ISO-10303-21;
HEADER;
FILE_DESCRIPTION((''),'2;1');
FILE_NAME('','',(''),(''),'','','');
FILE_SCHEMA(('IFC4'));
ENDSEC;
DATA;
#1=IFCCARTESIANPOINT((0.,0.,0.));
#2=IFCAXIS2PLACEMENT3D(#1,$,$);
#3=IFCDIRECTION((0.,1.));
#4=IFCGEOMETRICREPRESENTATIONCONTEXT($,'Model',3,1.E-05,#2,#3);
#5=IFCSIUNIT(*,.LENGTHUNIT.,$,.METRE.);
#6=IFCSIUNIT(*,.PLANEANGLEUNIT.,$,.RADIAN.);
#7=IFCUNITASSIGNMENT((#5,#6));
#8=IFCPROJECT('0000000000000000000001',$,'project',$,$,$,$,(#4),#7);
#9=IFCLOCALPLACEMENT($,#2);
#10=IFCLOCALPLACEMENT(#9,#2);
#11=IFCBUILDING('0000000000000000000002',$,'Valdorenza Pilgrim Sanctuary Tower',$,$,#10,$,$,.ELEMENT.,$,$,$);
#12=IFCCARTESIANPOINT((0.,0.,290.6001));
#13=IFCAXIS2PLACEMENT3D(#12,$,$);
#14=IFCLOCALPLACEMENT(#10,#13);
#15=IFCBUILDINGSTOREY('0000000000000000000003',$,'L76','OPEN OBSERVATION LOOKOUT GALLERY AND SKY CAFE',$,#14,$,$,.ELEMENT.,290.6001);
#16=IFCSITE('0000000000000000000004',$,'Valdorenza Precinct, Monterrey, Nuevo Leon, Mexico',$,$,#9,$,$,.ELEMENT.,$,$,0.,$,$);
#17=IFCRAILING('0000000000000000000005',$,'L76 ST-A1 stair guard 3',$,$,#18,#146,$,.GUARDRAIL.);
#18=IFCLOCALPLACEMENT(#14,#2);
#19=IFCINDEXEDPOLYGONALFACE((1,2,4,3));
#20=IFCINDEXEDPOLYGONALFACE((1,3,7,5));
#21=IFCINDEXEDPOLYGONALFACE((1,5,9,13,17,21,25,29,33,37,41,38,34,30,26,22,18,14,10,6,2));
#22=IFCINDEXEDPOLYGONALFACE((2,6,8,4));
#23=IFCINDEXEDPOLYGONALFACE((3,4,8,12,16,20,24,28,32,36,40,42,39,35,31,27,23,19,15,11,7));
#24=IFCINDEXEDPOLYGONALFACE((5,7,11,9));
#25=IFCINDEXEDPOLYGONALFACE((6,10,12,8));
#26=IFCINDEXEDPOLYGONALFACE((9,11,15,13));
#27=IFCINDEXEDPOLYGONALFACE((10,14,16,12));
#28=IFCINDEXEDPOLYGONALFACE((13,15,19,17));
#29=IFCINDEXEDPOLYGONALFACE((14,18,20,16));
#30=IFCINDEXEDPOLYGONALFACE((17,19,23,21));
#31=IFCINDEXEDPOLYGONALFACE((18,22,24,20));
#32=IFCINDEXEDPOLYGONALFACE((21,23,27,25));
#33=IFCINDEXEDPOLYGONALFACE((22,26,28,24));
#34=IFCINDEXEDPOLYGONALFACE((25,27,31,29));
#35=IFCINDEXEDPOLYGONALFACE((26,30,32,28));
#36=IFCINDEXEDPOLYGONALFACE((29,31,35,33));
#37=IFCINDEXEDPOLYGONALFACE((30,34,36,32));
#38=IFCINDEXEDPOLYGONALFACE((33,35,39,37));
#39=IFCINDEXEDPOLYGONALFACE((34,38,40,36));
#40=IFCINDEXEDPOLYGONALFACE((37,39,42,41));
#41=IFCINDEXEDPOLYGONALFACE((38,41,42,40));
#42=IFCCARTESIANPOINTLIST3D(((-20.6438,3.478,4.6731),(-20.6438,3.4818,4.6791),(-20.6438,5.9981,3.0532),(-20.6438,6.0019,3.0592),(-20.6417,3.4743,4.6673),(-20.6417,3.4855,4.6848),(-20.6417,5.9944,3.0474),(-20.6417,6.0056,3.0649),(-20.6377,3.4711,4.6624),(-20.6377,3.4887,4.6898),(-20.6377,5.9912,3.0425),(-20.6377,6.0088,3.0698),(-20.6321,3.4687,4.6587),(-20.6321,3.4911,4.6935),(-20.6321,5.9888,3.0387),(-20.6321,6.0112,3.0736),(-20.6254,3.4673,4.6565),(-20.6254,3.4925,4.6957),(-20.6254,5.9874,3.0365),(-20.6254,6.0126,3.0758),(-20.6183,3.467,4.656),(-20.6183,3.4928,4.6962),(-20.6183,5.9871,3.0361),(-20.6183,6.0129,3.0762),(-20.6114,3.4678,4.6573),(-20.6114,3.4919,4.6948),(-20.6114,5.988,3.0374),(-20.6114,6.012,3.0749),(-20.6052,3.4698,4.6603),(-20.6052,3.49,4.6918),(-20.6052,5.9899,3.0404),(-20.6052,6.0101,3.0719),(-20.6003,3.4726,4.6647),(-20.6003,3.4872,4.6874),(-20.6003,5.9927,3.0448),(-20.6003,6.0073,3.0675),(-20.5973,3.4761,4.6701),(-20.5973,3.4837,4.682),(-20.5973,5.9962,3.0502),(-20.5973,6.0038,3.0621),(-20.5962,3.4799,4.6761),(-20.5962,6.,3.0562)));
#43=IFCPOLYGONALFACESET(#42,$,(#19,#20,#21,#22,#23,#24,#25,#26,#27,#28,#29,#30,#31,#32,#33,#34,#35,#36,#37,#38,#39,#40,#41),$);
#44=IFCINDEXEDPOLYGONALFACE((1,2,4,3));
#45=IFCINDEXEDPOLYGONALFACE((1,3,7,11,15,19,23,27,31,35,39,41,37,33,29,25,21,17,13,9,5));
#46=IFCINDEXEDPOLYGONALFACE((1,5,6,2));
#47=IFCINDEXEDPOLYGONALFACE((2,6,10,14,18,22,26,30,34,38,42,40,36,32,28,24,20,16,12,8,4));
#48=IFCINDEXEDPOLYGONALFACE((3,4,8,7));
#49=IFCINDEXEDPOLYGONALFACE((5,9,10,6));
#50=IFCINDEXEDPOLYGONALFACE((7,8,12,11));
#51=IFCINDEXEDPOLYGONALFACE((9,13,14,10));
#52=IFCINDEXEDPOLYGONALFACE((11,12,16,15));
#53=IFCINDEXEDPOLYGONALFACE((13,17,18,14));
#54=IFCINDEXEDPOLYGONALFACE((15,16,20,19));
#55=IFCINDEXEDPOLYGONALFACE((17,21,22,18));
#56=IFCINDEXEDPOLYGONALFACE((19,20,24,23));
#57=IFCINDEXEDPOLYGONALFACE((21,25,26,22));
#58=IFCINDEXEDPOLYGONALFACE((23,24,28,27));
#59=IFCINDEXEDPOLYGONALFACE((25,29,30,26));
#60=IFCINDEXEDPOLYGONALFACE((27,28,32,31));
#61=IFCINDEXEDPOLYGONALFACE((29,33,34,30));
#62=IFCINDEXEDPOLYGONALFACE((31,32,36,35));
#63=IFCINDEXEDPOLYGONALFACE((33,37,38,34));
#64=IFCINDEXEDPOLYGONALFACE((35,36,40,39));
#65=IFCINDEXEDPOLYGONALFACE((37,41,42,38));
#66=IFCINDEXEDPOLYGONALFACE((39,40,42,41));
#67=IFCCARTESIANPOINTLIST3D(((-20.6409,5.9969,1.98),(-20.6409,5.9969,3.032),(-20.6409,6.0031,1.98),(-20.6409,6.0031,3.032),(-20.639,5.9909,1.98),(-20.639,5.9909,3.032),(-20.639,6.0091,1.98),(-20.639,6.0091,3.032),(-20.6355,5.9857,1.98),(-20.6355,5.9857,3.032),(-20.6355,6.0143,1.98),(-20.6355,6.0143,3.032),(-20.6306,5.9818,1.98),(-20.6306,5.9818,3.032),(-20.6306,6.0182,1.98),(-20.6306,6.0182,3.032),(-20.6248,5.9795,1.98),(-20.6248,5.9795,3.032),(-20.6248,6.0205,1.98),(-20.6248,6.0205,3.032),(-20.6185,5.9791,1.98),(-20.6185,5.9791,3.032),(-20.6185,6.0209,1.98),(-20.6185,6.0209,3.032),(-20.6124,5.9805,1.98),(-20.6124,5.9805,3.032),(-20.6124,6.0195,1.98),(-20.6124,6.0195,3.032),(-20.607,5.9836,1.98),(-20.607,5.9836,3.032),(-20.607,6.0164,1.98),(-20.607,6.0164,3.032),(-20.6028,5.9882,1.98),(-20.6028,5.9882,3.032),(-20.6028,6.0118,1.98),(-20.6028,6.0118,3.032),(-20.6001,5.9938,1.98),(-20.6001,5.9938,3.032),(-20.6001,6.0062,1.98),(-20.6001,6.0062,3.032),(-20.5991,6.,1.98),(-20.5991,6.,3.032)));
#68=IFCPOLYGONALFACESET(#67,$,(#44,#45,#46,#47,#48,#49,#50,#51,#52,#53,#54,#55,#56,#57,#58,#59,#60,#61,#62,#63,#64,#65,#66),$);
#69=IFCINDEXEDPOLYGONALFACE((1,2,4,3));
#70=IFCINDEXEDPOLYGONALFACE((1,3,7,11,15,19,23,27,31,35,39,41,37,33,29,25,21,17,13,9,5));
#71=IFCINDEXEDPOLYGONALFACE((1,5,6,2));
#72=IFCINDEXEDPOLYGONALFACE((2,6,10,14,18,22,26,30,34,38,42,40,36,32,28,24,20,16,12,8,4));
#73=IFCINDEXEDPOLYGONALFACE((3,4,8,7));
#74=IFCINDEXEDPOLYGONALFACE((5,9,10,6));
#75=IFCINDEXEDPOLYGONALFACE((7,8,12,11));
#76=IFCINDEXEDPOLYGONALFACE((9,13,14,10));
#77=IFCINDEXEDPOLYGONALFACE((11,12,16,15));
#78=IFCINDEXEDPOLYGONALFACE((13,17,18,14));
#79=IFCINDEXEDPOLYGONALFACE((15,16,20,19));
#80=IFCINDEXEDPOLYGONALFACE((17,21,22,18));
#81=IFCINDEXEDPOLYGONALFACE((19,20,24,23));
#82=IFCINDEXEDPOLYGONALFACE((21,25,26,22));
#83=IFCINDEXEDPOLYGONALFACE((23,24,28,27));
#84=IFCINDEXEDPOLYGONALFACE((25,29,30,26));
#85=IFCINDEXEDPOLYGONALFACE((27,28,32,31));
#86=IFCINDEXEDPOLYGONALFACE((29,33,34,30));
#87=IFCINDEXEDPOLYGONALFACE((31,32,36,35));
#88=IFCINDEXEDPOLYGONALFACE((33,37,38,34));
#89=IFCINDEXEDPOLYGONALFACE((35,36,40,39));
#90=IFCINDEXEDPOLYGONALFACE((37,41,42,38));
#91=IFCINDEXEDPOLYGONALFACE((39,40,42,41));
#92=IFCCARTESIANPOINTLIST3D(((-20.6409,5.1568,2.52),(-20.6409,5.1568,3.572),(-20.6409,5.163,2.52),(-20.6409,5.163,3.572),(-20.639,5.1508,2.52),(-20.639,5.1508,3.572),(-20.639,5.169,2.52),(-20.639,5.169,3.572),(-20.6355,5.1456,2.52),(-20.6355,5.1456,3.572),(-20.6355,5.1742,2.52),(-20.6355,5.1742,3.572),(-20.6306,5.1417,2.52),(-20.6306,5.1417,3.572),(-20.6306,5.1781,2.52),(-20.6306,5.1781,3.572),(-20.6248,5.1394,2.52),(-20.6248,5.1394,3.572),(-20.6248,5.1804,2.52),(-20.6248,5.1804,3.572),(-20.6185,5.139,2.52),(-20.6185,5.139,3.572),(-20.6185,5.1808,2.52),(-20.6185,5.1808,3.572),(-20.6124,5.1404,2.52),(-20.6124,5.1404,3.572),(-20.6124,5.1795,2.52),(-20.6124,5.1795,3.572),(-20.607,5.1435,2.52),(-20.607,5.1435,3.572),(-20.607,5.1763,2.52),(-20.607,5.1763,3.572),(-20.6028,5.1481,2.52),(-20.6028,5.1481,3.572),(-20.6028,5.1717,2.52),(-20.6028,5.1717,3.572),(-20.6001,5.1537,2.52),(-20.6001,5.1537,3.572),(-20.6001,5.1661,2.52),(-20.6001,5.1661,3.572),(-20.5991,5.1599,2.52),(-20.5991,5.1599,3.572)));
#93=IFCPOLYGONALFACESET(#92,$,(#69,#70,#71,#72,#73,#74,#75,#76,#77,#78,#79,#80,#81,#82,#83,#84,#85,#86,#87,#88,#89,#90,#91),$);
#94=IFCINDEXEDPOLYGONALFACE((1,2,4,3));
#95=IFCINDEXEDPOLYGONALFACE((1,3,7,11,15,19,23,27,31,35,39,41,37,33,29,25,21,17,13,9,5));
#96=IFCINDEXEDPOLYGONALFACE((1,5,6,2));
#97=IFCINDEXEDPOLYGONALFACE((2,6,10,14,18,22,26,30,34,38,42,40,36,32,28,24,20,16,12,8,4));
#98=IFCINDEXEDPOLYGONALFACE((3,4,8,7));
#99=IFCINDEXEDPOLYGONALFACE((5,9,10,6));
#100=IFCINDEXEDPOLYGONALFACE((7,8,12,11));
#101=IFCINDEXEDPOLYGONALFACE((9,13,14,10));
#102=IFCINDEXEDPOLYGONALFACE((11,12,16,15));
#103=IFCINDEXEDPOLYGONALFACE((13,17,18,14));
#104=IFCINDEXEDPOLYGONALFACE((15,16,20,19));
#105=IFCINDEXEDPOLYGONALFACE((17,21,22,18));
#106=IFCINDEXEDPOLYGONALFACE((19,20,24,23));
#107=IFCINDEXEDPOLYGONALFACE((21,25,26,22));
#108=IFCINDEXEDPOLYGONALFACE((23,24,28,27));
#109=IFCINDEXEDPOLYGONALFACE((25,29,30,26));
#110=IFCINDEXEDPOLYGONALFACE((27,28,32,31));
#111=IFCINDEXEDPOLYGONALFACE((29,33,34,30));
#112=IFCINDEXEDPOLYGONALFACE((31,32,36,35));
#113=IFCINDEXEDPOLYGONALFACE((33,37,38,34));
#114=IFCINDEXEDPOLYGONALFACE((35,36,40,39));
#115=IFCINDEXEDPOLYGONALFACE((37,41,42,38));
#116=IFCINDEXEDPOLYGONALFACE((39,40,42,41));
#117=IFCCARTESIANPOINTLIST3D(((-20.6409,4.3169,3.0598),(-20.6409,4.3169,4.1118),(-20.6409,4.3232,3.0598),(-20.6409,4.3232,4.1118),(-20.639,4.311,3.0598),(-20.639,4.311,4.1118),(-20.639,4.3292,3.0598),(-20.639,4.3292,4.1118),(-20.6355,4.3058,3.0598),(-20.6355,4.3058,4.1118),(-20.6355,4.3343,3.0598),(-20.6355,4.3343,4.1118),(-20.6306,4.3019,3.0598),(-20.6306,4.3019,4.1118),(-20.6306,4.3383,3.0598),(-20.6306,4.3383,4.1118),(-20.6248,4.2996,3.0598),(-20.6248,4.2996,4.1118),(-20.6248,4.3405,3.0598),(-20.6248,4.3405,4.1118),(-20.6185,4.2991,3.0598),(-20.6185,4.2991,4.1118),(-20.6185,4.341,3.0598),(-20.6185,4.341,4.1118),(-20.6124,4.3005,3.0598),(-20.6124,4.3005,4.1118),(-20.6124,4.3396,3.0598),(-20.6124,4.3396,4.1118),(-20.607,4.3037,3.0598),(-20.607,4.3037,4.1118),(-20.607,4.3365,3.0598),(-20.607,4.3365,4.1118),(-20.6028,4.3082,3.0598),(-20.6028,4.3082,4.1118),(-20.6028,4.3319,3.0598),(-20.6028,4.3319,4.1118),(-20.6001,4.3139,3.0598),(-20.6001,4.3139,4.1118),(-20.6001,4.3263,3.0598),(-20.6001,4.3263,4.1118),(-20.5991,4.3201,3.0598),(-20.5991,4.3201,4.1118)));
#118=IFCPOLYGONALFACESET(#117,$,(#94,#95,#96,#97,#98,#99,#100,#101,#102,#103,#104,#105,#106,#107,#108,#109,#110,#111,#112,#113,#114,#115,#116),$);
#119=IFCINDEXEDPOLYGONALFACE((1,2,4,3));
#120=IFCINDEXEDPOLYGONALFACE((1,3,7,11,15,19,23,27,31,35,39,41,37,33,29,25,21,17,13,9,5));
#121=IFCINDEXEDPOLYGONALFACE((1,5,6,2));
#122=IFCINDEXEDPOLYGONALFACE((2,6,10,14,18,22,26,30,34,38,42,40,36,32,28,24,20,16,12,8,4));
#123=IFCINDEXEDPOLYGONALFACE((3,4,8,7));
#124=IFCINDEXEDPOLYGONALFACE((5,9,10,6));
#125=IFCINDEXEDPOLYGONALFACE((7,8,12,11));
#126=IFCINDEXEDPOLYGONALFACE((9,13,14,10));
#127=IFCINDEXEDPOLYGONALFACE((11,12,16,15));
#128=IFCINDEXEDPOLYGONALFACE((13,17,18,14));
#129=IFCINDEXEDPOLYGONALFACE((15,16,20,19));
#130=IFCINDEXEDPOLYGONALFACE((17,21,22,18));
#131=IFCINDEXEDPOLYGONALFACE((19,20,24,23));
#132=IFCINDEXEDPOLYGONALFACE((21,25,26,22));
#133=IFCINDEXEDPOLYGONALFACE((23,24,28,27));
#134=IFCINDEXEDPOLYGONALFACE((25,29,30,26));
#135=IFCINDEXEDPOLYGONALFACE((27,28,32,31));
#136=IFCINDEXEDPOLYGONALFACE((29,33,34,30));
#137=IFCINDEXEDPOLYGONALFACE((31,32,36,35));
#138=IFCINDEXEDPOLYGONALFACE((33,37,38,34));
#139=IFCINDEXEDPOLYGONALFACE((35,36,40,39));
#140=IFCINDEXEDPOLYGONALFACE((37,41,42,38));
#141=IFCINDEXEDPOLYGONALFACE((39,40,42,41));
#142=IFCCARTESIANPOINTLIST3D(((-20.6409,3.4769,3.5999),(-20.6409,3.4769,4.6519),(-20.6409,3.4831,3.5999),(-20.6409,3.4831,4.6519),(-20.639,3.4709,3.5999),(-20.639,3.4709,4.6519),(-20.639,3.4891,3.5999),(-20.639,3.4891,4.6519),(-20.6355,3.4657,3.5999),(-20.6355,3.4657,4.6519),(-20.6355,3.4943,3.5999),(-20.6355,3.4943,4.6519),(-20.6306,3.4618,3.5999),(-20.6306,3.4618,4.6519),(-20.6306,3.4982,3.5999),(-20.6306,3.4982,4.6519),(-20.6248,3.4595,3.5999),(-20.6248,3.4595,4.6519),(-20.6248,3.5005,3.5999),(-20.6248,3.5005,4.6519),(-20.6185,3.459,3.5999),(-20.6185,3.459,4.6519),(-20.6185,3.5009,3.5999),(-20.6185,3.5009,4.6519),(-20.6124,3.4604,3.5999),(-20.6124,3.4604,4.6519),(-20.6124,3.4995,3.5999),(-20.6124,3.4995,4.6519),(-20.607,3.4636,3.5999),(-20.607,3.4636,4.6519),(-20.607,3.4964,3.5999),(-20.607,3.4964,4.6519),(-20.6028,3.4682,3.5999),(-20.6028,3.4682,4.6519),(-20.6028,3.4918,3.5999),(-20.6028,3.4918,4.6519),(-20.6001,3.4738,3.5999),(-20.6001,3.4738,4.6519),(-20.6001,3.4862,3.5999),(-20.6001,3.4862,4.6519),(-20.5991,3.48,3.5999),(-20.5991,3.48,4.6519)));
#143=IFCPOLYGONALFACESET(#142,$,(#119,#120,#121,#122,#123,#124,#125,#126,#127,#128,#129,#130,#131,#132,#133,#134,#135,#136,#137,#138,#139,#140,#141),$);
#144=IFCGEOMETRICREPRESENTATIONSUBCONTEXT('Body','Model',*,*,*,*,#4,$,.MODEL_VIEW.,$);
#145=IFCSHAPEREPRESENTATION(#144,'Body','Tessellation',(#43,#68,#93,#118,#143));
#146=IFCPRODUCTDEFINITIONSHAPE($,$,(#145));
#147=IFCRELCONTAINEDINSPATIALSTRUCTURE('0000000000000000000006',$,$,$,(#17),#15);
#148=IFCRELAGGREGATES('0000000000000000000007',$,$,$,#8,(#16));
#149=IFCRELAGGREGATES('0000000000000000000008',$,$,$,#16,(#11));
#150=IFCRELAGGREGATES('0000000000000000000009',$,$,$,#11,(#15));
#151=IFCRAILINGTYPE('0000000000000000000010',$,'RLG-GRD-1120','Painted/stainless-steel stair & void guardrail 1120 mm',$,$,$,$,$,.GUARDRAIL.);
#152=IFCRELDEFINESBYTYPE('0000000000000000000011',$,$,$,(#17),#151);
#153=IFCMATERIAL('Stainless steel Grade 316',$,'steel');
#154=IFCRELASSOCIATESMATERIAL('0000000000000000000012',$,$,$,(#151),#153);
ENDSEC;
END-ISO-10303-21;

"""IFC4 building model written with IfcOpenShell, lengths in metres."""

from ifc_helpers import new_model, si_unit, direction, frame, origin, origin_2d, place, context, subcontext, project, spatial, circle, extrude, material, type_object, element, save


model = new_model("IFC4")

# Units and contexts
model_context = context("Model", 3, precision=1e-05, world=origin(), true_north=direction((0.0, 1.0)))
body_context = subcontext(model_context, "Body", "Model", "MODEL_VIEW")
ifc_project = project(units=[si_unit("LENGTHUNIT", "METRE"), si_unit("PLANEANGLEUNIT", "RADIAN")], contexts=[model_context])

# Site, building, storey
site_placement = place(None, origin())
site = spatial("IfcSite", under=ifc_project, at=site_placement, Name="Valdorenza Precinct, Monterrey, Nuevo Leon, Mexico", CompositionType="ELEMENT", RefElevation=0.0)
building_placement = place(site_placement, origin())
building = spatial("IfcBuilding", under=site, at=building_placement, Name="Valdorenza Pilgrim Sanctuary Tower", CompositionType="ELEMENT")
storey_placement = place(building_placement, frame((0.0, 0.0, 290.6001)))
storey = spatial("IfcBuildingStorey", under=building, at=storey_placement, Name="L76", Description="OPEN OBSERVATION LOOKOUT GALLERY AND SKY CAFE", CompositionType="ELEMENT", Elevation=290.6001)

# Railing
ifc_material_1 = material(Name="Stainless steel Grade 316", Category="steel")
railing_type_1 = type_object("IfcRailingType", Name="RLG-GRD-1120", Description="Painted/stainless-steel stair & void guardrail 1120 mm", PredefinedType="GUARDRAIL", material=ifc_material_1)
railing_1_placement = place(storey_placement, frame((-20.6201, 6.0, 1.98)))
element("IfcRailing", 1, at=railing_1_placement, inside=storey, type_object=railing_type_1, Name="L76 ST-A1 stair guard 3", PredefinedType="GUARDRAIL", context=body_context, shape_type="SweptSolid", body=[
    extrude(circle(Radius=0.0239, at=origin_2d()), frame((0.0, 0.0, 1.0762), z_axis=(0.0, -0.8412, 0.540725), x_axis=(1.0, 0.0, 0.0)), (0.0, 0.0, 1.0), 2.9958),
    extrude(circle(Radius=0.021, at=origin_2d()), origin(), (0.0, 0.0, 1.0), 1.052),
    extrude(circle(Radius=0.021, at=origin_2d()), frame((0.0, -0.8401, 0.54)), (0.0, 0.0, 1.0), 1.052),
    extrude(circle(Radius=0.021, at=origin_2d()), frame((0.0, -1.6799, 1.0798)), (0.0, 0.0, 1.0), 1.052),
    extrude(circle(Radius=0.021, at=origin_2d()), frame((0.0, -2.52, 1.6199)), (0.0, 0.0, 1.0), 1.052),
])

save(model, "model.ifc")
